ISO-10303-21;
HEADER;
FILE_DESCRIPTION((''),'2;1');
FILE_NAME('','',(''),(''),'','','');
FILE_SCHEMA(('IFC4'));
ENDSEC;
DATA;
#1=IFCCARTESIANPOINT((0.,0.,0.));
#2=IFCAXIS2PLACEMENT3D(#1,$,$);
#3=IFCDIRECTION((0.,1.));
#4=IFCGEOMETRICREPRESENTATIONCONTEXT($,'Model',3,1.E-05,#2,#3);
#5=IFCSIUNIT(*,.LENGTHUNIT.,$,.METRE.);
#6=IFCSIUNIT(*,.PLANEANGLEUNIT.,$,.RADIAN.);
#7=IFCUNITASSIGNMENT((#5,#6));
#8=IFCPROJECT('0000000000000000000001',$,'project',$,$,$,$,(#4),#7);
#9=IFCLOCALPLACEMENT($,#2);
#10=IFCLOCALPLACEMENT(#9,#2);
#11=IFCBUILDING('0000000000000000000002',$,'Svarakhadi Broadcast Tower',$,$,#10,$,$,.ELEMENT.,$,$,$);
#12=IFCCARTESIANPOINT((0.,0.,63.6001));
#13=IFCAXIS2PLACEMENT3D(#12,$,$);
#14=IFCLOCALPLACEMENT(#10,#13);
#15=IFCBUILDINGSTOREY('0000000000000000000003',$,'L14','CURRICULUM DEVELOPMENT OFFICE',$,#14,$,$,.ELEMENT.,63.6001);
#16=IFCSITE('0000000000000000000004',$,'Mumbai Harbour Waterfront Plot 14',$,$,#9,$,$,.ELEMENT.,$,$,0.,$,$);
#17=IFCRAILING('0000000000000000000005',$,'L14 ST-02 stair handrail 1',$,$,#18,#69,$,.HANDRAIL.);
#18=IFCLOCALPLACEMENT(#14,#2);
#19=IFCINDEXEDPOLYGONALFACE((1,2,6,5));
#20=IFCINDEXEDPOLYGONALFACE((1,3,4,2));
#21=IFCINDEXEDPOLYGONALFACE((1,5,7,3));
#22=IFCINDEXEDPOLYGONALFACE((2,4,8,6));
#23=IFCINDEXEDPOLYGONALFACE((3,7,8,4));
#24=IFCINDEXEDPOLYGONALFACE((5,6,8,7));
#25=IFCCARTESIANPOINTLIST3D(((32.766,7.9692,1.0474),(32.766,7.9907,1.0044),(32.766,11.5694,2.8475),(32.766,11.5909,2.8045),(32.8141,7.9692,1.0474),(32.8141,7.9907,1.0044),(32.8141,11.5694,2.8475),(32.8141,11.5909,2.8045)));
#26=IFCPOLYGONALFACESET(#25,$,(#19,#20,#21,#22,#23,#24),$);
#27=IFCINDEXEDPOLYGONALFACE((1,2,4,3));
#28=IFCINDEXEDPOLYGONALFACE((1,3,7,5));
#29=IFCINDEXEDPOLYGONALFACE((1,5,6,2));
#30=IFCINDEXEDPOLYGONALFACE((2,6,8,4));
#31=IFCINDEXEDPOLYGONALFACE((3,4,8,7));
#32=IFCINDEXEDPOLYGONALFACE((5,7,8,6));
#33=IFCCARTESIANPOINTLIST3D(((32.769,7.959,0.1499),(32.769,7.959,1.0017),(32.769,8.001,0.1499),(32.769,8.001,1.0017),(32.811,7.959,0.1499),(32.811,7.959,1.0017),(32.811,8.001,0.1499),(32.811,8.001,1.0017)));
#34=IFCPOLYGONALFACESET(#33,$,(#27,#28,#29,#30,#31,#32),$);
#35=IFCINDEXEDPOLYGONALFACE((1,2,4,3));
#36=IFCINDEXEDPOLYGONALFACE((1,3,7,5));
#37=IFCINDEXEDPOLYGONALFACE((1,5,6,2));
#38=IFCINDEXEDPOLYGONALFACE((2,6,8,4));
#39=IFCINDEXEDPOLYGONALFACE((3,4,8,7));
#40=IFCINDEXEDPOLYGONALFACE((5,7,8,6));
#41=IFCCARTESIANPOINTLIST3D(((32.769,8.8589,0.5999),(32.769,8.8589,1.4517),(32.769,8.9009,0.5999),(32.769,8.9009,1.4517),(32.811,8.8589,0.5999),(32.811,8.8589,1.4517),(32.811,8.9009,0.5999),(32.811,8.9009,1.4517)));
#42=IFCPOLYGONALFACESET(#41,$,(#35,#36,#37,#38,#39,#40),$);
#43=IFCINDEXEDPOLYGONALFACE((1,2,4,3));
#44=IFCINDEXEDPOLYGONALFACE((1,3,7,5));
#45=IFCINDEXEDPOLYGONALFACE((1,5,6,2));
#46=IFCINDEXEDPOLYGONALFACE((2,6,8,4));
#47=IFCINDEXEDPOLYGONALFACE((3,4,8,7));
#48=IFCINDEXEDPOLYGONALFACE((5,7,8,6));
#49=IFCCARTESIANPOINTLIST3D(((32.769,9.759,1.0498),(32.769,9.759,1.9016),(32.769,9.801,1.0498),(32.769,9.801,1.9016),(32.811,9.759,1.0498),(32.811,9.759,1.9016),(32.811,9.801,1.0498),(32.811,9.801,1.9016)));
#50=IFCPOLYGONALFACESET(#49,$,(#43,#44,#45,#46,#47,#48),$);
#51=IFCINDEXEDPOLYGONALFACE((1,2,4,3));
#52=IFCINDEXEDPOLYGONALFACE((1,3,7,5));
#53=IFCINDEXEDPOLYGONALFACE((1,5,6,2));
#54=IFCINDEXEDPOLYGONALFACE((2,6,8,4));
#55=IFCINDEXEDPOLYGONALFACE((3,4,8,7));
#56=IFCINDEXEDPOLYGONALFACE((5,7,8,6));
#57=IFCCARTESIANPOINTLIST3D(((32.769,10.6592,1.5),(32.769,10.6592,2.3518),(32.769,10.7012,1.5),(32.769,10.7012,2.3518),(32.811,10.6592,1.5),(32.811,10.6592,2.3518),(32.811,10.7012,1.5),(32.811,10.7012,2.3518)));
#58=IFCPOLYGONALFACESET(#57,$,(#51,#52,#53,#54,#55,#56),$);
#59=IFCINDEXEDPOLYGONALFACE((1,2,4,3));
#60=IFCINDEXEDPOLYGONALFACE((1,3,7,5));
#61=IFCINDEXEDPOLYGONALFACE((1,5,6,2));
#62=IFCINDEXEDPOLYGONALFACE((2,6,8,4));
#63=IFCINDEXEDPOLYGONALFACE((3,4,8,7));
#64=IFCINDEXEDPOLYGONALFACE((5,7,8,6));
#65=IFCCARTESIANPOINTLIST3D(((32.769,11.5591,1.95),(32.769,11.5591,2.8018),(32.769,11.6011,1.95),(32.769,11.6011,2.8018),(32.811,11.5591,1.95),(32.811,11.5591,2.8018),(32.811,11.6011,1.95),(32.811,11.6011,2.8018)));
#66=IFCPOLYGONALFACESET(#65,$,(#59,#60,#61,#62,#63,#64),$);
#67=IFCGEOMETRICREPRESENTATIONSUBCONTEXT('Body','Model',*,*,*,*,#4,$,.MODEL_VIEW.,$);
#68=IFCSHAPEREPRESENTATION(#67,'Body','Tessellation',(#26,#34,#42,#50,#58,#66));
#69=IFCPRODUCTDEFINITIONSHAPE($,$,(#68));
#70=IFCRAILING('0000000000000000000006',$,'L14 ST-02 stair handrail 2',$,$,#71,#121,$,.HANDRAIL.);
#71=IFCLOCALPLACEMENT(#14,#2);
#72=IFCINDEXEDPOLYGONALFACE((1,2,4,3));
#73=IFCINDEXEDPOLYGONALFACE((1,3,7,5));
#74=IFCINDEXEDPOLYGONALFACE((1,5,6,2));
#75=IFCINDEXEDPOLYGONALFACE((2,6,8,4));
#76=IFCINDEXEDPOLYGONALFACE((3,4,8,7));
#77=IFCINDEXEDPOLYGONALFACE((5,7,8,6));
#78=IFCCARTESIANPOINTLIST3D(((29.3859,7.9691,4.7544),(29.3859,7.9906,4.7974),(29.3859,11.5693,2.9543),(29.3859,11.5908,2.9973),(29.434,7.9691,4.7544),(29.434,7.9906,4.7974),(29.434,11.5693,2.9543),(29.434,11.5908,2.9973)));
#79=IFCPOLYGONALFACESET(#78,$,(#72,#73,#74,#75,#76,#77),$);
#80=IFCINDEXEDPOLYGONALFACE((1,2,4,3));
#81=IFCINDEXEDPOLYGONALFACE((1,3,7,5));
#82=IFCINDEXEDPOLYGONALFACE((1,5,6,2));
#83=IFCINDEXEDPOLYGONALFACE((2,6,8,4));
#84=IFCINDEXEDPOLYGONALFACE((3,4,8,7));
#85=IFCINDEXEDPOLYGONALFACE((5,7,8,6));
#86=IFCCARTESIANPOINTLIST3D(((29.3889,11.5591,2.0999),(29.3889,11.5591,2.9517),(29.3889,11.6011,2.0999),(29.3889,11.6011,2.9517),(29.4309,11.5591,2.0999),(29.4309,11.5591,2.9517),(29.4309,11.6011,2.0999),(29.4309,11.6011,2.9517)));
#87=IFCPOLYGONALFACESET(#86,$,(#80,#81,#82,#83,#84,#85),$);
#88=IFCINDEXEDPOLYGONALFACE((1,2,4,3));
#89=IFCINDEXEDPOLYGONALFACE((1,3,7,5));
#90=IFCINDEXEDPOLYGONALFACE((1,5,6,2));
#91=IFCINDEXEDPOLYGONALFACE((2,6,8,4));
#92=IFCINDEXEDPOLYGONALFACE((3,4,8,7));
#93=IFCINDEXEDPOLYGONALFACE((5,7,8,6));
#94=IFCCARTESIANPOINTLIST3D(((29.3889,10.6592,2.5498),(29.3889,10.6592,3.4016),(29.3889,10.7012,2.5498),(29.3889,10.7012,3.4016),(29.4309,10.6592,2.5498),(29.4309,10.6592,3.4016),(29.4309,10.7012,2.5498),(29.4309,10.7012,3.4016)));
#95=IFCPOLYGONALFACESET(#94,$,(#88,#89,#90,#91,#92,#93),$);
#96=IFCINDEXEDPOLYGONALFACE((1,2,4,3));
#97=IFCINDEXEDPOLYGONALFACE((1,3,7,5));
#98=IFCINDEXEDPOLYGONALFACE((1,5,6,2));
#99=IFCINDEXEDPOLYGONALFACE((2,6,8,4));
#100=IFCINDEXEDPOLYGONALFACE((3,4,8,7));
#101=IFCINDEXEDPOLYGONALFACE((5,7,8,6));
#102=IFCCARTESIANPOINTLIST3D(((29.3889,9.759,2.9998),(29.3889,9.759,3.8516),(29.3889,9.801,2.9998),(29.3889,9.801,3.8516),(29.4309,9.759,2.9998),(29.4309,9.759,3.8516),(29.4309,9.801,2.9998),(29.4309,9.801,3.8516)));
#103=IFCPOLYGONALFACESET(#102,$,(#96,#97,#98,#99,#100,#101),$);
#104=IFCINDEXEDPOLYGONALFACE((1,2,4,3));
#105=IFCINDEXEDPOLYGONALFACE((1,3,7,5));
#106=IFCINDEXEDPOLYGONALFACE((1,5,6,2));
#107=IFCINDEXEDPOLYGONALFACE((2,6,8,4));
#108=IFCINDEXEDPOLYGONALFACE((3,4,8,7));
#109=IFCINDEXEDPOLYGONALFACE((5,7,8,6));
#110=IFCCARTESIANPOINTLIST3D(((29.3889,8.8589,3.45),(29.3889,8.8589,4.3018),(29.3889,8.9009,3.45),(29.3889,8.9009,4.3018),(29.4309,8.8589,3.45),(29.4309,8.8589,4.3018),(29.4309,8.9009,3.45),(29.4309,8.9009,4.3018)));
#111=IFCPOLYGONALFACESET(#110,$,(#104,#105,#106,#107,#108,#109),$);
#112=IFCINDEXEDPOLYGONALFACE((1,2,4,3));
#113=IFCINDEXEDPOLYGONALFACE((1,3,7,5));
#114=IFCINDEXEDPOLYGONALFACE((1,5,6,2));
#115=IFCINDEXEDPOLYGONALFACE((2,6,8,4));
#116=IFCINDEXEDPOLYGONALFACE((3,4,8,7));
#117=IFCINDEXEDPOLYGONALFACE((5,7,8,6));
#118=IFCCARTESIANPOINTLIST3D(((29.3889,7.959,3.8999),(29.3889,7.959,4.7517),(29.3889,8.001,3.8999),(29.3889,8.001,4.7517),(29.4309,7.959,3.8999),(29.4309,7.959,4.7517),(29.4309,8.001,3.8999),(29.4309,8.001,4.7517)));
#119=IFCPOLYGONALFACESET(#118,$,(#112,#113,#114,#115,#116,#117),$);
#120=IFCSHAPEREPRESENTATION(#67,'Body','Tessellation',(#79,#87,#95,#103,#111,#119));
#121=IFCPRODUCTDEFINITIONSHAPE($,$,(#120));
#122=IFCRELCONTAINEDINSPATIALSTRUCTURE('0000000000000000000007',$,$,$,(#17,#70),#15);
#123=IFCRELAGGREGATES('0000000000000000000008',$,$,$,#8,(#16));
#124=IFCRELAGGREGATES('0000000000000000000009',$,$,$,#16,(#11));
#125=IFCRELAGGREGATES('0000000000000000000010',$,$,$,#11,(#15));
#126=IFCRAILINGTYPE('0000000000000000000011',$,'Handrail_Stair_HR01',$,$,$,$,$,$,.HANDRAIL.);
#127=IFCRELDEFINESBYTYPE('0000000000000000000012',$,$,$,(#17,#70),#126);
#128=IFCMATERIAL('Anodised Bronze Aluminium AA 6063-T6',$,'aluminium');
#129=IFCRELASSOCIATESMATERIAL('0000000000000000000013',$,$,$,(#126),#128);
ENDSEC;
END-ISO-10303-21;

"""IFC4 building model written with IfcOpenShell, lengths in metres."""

from ifc_helpers import new_model, si_unit, direction, frame, origin, origin_2d, place, context, subcontext, project, spatial, rectangle, extrude, material, type_object, element, save


model = new_model("IFC4")

# Units and contexts
model_context = context("Model", 3, precision=1e-05, world=origin(), true_north=direction((0.0, 1.0)))
body_context = subcontext(model_context, "Body", "Model", "MODEL_VIEW")
ifc_project = project(units=[si_unit("LENGTHUNIT", "METRE"), si_unit("PLANEANGLEUNIT", "RADIAN")], contexts=[model_context])

# Site, building, storey
site_placement = place(None, origin())
site = spatial("IfcSite", under=ifc_project, at=site_placement, Name="Mumbai Harbour Waterfront Plot 14", CompositionType="ELEMENT", RefElevation=0.0)
building_placement = place(site_placement, origin())
building = spatial("IfcBuilding", under=site, at=building_placement, Name="Svarakhadi Broadcast Tower", CompositionType="ELEMENT")
storey_placement = place(building_placement, frame((0.0, 0.0, 63.6001)))
storey = spatial("IfcBuildingStorey", under=building, at=storey_placement, Name="L14", Description="CURRICULUM DEVELOPMENT OFFICE", CompositionType="ELEMENT", Elevation=63.6001)

# Shared definitions
ifc_material_1 = material(Name="Anodised Bronze Aluminium AA 6063-T6", Category="aluminium")

# Railings
railing_type_1 = type_object("IfcRailingType", Name="Handrail_Stair_HR01", PredefinedType="HANDRAIL", material=ifc_material_1)
railing_1_placement = place(storey_placement, frame((32.79, 7.98, 0.1499)))
element("IfcRailing", 1, at=railing_1_placement, inside=storey, type_object=railing_type_1, Name="L14 ST-02 stair handrail 1", PredefinedType="HANDRAIL", context=body_context, shape_type="SweptSolid", body=[
    extrude(rectangle(XDim=0.0481, YDim=0.0481, at=origin_2d()), frame((0.0, 0.0, 0.876), z_axis=(0.0, 0.894427, 0.447214), x_axis=(-1.0, 0.0, 0.0)), (0.0, 0.0, 1.0), 4.0251),
    extrude(rectangle(XDim=0.042, YDim=0.042, at=origin_2d()), origin(), (0.0, 0.0, 1.0), 0.8518),
    extrude(rectangle(XDim=0.042, YDim=0.042, at=origin_2d()), frame((0.0, 0.8999, 0.45)), (0.0, 0.0, 1.0), 0.8518),
    extrude(rectangle(XDim=0.042, YDim=0.042, at=origin_2d()), frame((0.0, 1.8, 0.8999)), (0.0, 0.0, 1.0), 0.8518),
    extrude(rectangle(XDim=0.042, YDim=0.042, at=origin_2d()), frame((0.0, 2.7002, 1.3501)), (0.0, 0.0, 1.0), 0.8518),
    extrude(rectangle(XDim=0.042, YDim=0.042, at=origin_2d()), frame((0.0, 3.6001, 1.8)), (0.0, 0.0, 1.0), 0.8518),
])
railing_2_placement = place(storey_placement, frame((29.4099, 11.5801, 2.0999)))
element("IfcRailing", 2, at=railing_2_placement, inside=storey, type_object=railing_type_1, Name="L14 ST-02 stair handrail 2", PredefinedType="HANDRAIL", context=body_context, shape_type="SweptSolid", body=[
    extrude(rectangle(XDim=0.0481, YDim=0.0481, at=origin_2d()), frame((0.0, 0.0, 0.876), z_axis=(0.0, -0.894427, 0.447214), x_axis=(1.0, 0.0, 0.0)), (0.0, 0.0, 1.0), 4.0251),
    extrude(rectangle(XDim=0.042, YDim=0.042, at=origin_2d()), origin(), (0.0, 0.0, 1.0), 0.8518),
    extrude(rectangle(XDim=0.042, YDim=0.042, at=origin_2d()), frame((0.0, -0.8999, 0.45)), (0.0, 0.0, 1.0), 0.8518),
    extrude(rectangle(XDim=0.042, YDim=0.042, at=origin_2d()), frame((0.0, -1.8, 0.8999)), (0.0, 0.0, 1.0), 0.8518),
    extrude(rectangle(XDim=0.042, YDim=0.042, at=origin_2d()), frame((0.0, -2.7002, 1.3501)), (0.0, 0.0, 1.0), 0.8518),
    extrude(rectangle(XDim=0.042, YDim=0.042, at=origin_2d()), frame((0.0, -3.6001, 1.8)), (0.0, 0.0, 1.0), 0.8518),
])

save(model, "model.ifc")
